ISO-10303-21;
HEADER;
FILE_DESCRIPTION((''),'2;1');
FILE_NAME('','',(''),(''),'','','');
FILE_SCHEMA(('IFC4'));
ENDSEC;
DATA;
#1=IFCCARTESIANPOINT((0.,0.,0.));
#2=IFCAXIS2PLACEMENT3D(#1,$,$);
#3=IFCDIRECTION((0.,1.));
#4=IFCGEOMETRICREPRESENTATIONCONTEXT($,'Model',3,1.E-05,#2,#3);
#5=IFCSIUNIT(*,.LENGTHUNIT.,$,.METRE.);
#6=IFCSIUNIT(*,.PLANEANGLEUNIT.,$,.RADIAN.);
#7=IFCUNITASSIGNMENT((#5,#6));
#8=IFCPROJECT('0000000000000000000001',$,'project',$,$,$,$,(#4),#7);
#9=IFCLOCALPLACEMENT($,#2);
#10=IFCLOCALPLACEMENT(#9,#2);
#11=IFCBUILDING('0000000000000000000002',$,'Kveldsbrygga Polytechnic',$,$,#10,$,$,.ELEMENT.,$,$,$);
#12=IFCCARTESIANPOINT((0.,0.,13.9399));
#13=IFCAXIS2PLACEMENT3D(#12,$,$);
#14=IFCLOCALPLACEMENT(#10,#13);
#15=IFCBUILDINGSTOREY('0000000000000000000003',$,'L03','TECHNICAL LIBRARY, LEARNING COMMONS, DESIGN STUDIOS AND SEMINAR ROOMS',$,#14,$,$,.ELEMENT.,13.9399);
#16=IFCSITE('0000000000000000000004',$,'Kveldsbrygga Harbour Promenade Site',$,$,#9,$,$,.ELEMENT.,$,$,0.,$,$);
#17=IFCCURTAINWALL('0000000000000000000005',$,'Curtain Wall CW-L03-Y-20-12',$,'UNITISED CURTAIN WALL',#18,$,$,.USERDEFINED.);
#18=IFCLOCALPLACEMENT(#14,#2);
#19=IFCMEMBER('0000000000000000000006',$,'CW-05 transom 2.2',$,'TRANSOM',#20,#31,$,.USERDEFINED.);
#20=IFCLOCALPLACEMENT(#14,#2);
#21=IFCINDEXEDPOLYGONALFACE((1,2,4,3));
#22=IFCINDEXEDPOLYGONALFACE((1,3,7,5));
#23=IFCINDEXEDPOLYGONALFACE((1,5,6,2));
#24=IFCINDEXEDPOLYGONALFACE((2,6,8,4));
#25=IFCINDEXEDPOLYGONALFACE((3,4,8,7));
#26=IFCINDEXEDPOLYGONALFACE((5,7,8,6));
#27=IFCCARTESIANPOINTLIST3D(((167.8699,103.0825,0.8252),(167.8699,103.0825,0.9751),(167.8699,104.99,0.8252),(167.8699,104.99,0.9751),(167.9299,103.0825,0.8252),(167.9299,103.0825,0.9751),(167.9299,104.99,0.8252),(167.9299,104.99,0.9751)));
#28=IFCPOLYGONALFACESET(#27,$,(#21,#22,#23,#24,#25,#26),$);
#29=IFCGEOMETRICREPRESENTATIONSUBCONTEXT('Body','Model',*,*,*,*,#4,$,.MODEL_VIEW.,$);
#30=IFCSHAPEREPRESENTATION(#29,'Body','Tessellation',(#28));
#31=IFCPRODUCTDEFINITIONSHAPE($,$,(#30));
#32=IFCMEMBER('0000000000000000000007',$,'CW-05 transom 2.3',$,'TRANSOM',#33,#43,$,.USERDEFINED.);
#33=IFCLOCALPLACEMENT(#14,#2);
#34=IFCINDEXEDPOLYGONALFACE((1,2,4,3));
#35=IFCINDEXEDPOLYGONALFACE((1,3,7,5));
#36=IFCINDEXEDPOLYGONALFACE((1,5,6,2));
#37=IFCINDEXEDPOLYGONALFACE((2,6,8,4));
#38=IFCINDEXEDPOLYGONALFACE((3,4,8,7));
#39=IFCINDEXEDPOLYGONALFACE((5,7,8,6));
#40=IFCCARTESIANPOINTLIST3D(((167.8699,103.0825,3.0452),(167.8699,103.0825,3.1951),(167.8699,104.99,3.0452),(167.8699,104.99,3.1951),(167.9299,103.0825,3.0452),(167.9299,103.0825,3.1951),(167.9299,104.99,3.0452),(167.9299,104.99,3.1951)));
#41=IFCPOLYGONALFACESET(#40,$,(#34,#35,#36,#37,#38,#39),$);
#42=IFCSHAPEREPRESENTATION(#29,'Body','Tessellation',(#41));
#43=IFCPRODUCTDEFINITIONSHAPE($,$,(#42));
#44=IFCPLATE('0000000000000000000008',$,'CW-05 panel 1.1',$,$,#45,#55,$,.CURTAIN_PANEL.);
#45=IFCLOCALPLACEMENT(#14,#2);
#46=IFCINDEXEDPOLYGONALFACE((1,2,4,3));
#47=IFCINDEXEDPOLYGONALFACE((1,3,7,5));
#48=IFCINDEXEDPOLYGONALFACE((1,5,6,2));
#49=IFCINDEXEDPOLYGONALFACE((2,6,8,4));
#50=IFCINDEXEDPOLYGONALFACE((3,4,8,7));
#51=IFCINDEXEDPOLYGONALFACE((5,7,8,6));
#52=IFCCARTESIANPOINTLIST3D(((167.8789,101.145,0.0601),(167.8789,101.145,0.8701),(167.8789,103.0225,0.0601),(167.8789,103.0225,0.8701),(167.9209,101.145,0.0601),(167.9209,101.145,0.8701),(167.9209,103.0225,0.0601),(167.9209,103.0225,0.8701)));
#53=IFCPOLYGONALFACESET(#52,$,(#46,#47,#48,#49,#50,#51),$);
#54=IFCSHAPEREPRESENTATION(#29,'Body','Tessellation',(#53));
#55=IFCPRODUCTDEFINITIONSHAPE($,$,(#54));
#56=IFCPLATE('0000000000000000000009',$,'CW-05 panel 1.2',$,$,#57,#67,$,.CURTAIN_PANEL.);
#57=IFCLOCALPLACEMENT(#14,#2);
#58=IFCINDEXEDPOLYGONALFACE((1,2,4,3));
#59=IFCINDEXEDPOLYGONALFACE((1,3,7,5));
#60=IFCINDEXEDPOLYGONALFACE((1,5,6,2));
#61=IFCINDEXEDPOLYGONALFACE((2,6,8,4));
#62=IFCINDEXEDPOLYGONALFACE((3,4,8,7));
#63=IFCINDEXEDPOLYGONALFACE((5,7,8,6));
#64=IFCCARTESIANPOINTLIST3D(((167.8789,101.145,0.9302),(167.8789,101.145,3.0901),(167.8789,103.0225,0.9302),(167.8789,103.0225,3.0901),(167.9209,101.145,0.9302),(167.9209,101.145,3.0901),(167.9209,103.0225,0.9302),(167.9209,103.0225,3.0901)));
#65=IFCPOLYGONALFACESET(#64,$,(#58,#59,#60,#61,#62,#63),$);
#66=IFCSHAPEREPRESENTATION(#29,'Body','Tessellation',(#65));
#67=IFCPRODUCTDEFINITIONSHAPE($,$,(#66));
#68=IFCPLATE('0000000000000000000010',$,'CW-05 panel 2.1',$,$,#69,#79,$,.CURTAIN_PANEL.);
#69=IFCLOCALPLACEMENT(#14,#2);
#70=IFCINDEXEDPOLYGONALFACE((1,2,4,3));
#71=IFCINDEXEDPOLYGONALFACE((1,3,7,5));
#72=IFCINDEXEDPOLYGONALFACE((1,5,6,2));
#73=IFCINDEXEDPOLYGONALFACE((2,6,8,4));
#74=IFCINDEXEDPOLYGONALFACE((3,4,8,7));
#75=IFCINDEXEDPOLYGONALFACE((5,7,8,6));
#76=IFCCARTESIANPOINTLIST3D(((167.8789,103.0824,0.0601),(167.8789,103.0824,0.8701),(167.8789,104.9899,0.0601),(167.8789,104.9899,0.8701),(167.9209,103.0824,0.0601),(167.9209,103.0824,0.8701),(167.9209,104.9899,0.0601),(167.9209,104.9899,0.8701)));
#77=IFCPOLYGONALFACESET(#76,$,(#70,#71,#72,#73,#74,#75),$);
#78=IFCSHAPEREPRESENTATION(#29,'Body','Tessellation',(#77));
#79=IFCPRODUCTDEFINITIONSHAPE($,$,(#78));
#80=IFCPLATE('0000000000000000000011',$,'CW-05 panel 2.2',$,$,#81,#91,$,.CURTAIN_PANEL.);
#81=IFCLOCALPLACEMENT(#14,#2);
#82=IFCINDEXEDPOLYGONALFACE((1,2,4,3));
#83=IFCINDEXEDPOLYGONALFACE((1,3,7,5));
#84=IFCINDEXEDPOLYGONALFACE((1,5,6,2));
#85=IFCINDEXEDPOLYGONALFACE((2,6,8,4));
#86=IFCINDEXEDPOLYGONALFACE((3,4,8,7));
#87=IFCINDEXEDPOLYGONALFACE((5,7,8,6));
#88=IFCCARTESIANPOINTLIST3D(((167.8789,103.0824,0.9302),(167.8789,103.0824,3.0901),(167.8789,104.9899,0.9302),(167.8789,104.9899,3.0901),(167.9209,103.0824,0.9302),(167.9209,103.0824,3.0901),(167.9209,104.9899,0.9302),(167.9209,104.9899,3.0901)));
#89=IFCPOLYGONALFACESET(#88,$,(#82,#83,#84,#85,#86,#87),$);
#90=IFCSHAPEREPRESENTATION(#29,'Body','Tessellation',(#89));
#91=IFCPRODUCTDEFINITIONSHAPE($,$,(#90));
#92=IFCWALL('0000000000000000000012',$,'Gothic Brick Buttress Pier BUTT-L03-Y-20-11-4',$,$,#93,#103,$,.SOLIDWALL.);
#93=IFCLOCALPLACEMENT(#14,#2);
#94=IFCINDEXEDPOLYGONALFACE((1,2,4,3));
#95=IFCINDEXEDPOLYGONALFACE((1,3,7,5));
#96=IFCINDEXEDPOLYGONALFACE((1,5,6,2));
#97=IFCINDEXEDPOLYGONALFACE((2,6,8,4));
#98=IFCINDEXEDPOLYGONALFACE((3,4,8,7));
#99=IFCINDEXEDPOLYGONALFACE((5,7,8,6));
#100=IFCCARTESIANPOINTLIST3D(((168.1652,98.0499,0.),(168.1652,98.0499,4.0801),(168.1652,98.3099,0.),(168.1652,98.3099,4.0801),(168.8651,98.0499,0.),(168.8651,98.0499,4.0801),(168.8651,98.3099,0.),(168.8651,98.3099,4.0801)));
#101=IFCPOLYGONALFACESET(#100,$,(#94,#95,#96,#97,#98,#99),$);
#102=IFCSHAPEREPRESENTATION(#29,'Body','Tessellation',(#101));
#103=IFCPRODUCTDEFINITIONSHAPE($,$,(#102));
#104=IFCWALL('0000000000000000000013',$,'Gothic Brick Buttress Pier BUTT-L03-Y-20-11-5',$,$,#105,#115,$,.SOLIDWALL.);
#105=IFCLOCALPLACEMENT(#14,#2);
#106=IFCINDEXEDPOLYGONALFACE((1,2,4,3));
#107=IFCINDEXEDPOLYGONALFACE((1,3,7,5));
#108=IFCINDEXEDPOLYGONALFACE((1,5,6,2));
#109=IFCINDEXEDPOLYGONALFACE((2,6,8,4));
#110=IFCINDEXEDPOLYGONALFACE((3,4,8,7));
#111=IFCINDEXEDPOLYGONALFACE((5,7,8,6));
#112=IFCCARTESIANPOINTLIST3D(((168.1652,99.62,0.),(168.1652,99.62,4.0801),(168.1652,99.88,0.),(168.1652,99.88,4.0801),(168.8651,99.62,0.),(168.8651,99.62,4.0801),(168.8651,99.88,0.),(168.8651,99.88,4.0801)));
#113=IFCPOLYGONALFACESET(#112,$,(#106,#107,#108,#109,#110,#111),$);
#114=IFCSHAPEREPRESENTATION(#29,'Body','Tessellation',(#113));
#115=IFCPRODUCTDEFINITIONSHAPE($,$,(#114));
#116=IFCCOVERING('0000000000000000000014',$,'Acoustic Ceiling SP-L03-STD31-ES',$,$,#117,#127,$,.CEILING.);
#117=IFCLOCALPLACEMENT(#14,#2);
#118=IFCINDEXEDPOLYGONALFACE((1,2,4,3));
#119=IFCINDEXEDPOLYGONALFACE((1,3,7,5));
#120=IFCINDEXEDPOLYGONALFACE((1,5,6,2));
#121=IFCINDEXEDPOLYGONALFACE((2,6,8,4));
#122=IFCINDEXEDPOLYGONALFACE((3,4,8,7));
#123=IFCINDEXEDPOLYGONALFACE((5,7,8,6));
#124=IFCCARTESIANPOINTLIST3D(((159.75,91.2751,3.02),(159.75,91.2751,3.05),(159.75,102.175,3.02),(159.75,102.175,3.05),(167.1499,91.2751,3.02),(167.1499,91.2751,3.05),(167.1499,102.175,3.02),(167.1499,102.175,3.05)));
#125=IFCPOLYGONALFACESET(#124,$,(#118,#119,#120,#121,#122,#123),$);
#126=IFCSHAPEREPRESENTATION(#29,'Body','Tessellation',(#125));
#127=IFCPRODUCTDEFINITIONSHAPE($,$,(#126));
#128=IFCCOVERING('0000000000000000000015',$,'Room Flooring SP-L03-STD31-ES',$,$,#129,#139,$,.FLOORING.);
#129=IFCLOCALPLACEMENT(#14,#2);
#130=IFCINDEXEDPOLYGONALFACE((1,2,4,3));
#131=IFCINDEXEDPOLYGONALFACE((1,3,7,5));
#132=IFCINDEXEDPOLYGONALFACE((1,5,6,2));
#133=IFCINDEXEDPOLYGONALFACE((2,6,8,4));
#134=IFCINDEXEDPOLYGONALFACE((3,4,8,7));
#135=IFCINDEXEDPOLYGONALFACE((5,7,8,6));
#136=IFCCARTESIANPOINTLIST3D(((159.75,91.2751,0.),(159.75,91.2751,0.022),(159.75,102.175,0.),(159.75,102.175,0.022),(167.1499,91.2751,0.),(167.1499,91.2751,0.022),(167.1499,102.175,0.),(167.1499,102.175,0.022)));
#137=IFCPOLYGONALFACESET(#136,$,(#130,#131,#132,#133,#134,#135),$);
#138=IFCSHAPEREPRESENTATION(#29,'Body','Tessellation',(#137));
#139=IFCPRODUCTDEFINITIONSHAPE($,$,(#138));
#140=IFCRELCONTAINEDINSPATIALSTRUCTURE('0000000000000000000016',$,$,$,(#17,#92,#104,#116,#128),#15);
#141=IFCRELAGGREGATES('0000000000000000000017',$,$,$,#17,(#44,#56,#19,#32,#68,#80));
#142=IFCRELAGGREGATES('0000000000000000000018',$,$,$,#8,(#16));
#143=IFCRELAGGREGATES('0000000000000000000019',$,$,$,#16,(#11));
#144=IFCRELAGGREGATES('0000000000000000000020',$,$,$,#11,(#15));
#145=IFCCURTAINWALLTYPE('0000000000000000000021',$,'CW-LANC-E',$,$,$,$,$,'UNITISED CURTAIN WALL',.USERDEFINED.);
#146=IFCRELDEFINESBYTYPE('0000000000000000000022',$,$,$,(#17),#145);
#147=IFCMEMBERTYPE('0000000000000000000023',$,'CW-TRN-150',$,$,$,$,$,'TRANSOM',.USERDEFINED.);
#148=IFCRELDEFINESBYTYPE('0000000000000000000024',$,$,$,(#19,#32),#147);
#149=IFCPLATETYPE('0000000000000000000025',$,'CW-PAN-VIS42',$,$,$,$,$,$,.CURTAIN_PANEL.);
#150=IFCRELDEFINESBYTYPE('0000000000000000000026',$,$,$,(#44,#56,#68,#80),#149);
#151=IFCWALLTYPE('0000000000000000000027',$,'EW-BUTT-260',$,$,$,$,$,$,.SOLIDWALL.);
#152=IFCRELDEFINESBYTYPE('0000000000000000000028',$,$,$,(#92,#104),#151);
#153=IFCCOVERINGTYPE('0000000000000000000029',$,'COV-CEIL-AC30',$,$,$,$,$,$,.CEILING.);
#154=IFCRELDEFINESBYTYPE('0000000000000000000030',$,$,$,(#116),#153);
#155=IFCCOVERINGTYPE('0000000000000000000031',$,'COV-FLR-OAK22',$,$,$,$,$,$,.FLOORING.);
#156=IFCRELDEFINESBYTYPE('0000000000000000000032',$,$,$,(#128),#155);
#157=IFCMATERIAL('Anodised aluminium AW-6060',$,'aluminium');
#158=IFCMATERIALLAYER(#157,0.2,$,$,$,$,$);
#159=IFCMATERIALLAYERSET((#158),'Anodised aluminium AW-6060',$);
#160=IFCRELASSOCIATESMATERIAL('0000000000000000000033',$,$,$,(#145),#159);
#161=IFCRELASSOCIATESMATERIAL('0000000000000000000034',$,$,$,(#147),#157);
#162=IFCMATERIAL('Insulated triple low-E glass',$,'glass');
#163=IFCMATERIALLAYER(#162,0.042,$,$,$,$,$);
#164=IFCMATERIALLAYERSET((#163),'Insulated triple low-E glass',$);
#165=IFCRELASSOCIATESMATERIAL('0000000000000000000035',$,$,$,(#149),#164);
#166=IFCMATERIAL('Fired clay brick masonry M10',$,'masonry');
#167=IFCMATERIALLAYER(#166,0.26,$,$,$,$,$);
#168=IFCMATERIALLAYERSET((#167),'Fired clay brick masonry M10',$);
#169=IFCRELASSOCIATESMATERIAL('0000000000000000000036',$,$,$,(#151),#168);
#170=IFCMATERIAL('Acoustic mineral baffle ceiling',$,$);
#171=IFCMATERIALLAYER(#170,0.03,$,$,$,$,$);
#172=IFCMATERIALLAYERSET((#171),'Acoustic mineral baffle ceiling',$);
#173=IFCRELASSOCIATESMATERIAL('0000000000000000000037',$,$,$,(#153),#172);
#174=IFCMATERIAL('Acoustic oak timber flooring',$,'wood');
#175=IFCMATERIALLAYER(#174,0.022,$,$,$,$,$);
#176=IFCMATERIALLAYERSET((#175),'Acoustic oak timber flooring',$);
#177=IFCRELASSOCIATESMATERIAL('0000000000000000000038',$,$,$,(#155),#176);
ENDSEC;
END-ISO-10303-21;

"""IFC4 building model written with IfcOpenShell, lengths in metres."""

from ifc_helpers import new_model, si_unit, direction, frame, frame_2d, origin, origin_2d, place, context, subcontext, project, spatial, rectangle, extrude, material, layer, layer_set, material_profile, profile_set, type_object, element, aggregate, save


model = new_model("IFC4")

# Units and contexts
model_context = context("Model", 3, precision=1e-05, world=origin(), true_north=direction((0.0, 1.0)))
body_context = subcontext(model_context, "Body", "Model", "MODEL_VIEW")
ifc_project = project(units=[si_unit("LENGTHUNIT", "METRE"), si_unit("PLANEANGLEUNIT", "RADIAN")], contexts=[model_context])

# Site, building, storey
site_placement = place(None, origin())
site = spatial("IfcSite", under=ifc_project, at=site_placement, Name="Kveldsbrygga Harbour Promenade Site", CompositionType="ELEMENT", RefElevation=0.0)
building_placement = place(site_placement, origin())
building = spatial("IfcBuilding", under=site, at=building_placement, Name="Kveldsbrygga Polytechnic", CompositionType="ELEMENT")
storey_placement = place(building_placement, frame((0.0, 0.0, 13.9399)))
storey = spatial("IfcBuildingStorey", under=building, at=storey_placement, Name="L03", Description="TECHNICAL LIBRARY, LEARNING COMMONS, DESIGN STUDIOS AND SEMINAR ROOMS", CompositionType="ELEMENT", Elevation=13.9399)

# Curtain wall, members, plates
ifc_material_1 = material(Name="Anodised aluminium AW-6060", Category="aluminium")
ifc_layer_1 = layer(ifc_material_1, 0.2)
ifc_layer_set_1 = layer_set([ifc_layer_1], Name="Anodised aluminium AW-6060")
curtain_wall_type = type_object("IfcCurtainWallType", Name="CW-LANC-E", ElementType="UNITISED CURTAIN WALL", PredefinedType="USERDEFINED", material=ifc_layer_set_1)
curtain_wall_placement = place(storey_placement, origin())
curtain_wall = element("IfcCurtainWall", 1, at=curtain_wall_placement, inside=storey, type_object=curtain_wall_type, Name="Curtain Wall CW-L03-Y-20-12", ObjectType="UNITISED CURTAIN WALL", PredefinedType="USERDEFINED")
ifc_material_profile_1 = material_profile(ifc_material_1, rectangle(XDim=0.0601, YDim=0.1499, at=origin_2d()), Name="ALU 60x150")
ifc_profile_set_1 = profile_set([ifc_material_profile_1], Name="Anodised aluminium AW-6060")
member_type_1 = type_object("IfcMemberType", Name="CW-TRN-150", ElementType="TRANSOM", PredefinedType="USERDEFINED", material=ifc_profile_set_1)
member_1_placement = place(storey_placement, frame((167.8999, 103.0825, 0.9001), z_axis=(0.0, 1.0, 0.0), x_axis=(-1.0, 0.0, 0.0)))
member_1 = element("IfcMember", 2, at=member_1_placement, type_object=member_type_1, Name="CW-05 transom 2.2", ObjectType="TRANSOM", PredefinedType="USERDEFINED", context=body_context, shape_type="SweptSolid", body=[
    extrude(rectangle(XDim=0.0601, YDim=0.1499, at=origin_2d()), origin(), (0.0, 0.0, 1.0), 1.9075),
])
member_2_placement = place(storey_placement, frame((167.8999, 103.0825, 3.1201), z_axis=(0.0, 1.0, 0.0), x_axis=(-1.0, 0.0, 0.0)))
member_2 = element("IfcMember", 3, at=member_2_placement, type_object=member_type_1, Name="CW-05 transom 2.3", ObjectType="TRANSOM", PredefinedType="USERDEFINED", context=body_context, shape_type="SweptSolid", body=[
    extrude(rectangle(XDim=0.0601, YDim=0.1499, at=origin_2d()), origin(), (0.0, 0.0, 1.0), 1.9075),
])
ifc_material_2 = material(Name="Insulated triple low-E glass", Category="glass")
ifc_layer_2 = layer(ifc_material_2, 0.042)
ifc_layer_set_2 = layer_set([ifc_layer_2], Name="Insulated triple low-E glass")
plate_type = type_object("IfcPlateType", Name="CW-PAN-VIS42", PredefinedType="CURTAIN_PANEL", material=ifc_layer_set_2)
plate_1_placement = place(storey_placement, frame((167.8999, 102.0837, 0.0601), z_axis=(0.0, 0.0, 1.0), x_axis=(0.0, 1.0, 0.0)))
plate_1 = element("IfcPlate", 4, at=plate_1_placement, type_object=plate_type, Name="CW-05 panel 1.1", PredefinedType="CURTAIN_PANEL", context=body_context, shape_type="SweptSolid", body=[
    extrude(rectangle(XDim=1.8774, YDim=0.042, at=origin_2d()), origin(), (0.0, 0.0, 1.0), 0.8101),
])
plate_2_placement = place(storey_placement, frame((167.8999, 102.0837, 0.9302), z_axis=(0.0, 0.0, 1.0), x_axis=(0.0, 1.0, 0.0)))
plate_2 = element("IfcPlate", 5, at=plate_2_placement, type_object=plate_type, Name="CW-05 panel 1.2", PredefinedType="CURTAIN_PANEL", context=body_context, shape_type="SweptSolid", body=[
    extrude(rectangle(XDim=1.8774, YDim=0.042, at=origin_2d()), origin(), (0.0, 0.0, 1.0), 2.1599),
])
plate_3_placement = place(storey_placement, frame((167.8999, 104.0361, 0.0601), z_axis=(0.0, 0.0, 1.0), x_axis=(0.0, 1.0, 0.0)))
plate_3 = element("IfcPlate", 6, at=plate_3_placement, type_object=plate_type, Name="CW-05 panel 2.1", PredefinedType="CURTAIN_PANEL", context=body_context, shape_type="SweptSolid", body=[
    extrude(rectangle(XDim=1.9075, YDim=0.042, at=origin_2d()), origin(), (0.0, 0.0, 1.0), 0.8101),
])
plate_4_placement = place(storey_placement, frame((167.8999, 104.0361, 0.9302), z_axis=(0.0, 0.0, 1.0), x_axis=(0.0, 1.0, 0.0)))
plate_4 = element("IfcPlate", 7, at=plate_4_placement, type_object=plate_type, Name="CW-05 panel 2.2", PredefinedType="CURTAIN_PANEL", context=body_context, shape_type="SweptSolid", body=[
    extrude(rectangle(XDim=1.9075, YDim=0.042, at=origin_2d()), origin(), (0.0, 0.0, 1.0), 2.1599),
])
aggregate(curtain_wall, [plate_1, plate_2, member_1, member_2, plate_3, plate_4])

# Walls
ifc_material_3 = material(Name="Fired clay brick masonry M10", Category="masonry")
ifc_layer_3 = layer(ifc_material_3, 0.26)
ifc_layer_set_3 = layer_set([ifc_layer_3], Name="Fired clay brick masonry M10")
wall_type = type_object("IfcWallType", Name="EW-BUTT-260", PredefinedType="SOLIDWALL", material=ifc_layer_set_3)
for number, where, z_axis, x_axis, name in (
    (8, (168.165, 98.1799, 0.0), (0.0, 0.0, 1.0), (1.0, 0.0, 0.0), "Gothic Brick Buttress Pier BUTT-L03-Y-20-11-4"),
    (9, (168.165, 99.75, 0.0), (0.0, 0.0, 1.0), (1.0, 0.0, 0.0), "Gothic Brick Buttress Pier BUTT-L03-Y-20-11-5"),
):
    element("IfcWall", number, at=place(storey_placement, frame(where, z_axis=z_axis, x_axis=x_axis)), inside=storey, type_object=wall_type, Name=name, PredefinedType="SOLIDWALL", context=body_context, shape_type="SweptSolid", body=[
        extrude(rectangle(XDim=0.7, YDim=0.26, at=frame_2d((0.3501, 0.0))), origin(), (0.0, 0.0, 1.0), 4.0801),
    ])

# Coverings
ifc_material_4 = material(Name="Acoustic mineral baffle ceiling")
ifc_layer_4 = layer(ifc_material_4, 0.03)
ifc_layer_set_4 = layer_set([ifc_layer_4], Name="Acoustic mineral baffle ceiling")
covering_type_1 = type_object("IfcCoveringType", Name="COV-CEIL-AC30", PredefinedType="CEILING", material=ifc_layer_set_4)
covering_1_placement = place(storey_placement, frame((163.45, 96.7251, 3.02), z_axis=(0.0, 0.0, 1.0), x_axis=(1.0, 0.0, 0.0)))
element("IfcCovering", 10, at=covering_1_placement, inside=storey, type_object=covering_type_1, Name="Acoustic Ceiling SP-L03-STD31-ES", PredefinedType="CEILING", context=body_context, shape_type="SweptSolid", body=[
    extrude(rectangle(XDim=7.3999, YDim=10.8999, at=origin_2d()), origin(), (0.0, 0.0, 1.0), 0.03),
])
ifc_material_5 = material(Name="Acoustic oak timber flooring", Category="wood")
ifc_layer_5 = layer(ifc_material_5, 0.022)
ifc_layer_set_5 = layer_set([ifc_layer_5], Name="Acoustic oak timber flooring")
covering_type_2 = type_object("IfcCoveringType", Name="COV-FLR-OAK22", PredefinedType="FLOORING", material=ifc_layer_set_5)
covering_2_placement = place(storey_placement, frame((163.45, 96.7251, 0.0), z_axis=(0.0, 0.0, 1.0), x_axis=(1.0, 0.0, 0.0)))
element("IfcCovering", 11, at=covering_2_placement, inside=storey, type_object=covering_type_2, Name="Room Flooring SP-L03-STD31-ES", PredefinedType="FLOORING", context=body_context, shape_type="SweptSolid", body=[
    extrude(rectangle(XDim=7.3999, YDim=10.8999, at=origin_2d()), origin(), (0.0, 0.0, 1.0), 0.022),
])

save(model, "model.ifc")
